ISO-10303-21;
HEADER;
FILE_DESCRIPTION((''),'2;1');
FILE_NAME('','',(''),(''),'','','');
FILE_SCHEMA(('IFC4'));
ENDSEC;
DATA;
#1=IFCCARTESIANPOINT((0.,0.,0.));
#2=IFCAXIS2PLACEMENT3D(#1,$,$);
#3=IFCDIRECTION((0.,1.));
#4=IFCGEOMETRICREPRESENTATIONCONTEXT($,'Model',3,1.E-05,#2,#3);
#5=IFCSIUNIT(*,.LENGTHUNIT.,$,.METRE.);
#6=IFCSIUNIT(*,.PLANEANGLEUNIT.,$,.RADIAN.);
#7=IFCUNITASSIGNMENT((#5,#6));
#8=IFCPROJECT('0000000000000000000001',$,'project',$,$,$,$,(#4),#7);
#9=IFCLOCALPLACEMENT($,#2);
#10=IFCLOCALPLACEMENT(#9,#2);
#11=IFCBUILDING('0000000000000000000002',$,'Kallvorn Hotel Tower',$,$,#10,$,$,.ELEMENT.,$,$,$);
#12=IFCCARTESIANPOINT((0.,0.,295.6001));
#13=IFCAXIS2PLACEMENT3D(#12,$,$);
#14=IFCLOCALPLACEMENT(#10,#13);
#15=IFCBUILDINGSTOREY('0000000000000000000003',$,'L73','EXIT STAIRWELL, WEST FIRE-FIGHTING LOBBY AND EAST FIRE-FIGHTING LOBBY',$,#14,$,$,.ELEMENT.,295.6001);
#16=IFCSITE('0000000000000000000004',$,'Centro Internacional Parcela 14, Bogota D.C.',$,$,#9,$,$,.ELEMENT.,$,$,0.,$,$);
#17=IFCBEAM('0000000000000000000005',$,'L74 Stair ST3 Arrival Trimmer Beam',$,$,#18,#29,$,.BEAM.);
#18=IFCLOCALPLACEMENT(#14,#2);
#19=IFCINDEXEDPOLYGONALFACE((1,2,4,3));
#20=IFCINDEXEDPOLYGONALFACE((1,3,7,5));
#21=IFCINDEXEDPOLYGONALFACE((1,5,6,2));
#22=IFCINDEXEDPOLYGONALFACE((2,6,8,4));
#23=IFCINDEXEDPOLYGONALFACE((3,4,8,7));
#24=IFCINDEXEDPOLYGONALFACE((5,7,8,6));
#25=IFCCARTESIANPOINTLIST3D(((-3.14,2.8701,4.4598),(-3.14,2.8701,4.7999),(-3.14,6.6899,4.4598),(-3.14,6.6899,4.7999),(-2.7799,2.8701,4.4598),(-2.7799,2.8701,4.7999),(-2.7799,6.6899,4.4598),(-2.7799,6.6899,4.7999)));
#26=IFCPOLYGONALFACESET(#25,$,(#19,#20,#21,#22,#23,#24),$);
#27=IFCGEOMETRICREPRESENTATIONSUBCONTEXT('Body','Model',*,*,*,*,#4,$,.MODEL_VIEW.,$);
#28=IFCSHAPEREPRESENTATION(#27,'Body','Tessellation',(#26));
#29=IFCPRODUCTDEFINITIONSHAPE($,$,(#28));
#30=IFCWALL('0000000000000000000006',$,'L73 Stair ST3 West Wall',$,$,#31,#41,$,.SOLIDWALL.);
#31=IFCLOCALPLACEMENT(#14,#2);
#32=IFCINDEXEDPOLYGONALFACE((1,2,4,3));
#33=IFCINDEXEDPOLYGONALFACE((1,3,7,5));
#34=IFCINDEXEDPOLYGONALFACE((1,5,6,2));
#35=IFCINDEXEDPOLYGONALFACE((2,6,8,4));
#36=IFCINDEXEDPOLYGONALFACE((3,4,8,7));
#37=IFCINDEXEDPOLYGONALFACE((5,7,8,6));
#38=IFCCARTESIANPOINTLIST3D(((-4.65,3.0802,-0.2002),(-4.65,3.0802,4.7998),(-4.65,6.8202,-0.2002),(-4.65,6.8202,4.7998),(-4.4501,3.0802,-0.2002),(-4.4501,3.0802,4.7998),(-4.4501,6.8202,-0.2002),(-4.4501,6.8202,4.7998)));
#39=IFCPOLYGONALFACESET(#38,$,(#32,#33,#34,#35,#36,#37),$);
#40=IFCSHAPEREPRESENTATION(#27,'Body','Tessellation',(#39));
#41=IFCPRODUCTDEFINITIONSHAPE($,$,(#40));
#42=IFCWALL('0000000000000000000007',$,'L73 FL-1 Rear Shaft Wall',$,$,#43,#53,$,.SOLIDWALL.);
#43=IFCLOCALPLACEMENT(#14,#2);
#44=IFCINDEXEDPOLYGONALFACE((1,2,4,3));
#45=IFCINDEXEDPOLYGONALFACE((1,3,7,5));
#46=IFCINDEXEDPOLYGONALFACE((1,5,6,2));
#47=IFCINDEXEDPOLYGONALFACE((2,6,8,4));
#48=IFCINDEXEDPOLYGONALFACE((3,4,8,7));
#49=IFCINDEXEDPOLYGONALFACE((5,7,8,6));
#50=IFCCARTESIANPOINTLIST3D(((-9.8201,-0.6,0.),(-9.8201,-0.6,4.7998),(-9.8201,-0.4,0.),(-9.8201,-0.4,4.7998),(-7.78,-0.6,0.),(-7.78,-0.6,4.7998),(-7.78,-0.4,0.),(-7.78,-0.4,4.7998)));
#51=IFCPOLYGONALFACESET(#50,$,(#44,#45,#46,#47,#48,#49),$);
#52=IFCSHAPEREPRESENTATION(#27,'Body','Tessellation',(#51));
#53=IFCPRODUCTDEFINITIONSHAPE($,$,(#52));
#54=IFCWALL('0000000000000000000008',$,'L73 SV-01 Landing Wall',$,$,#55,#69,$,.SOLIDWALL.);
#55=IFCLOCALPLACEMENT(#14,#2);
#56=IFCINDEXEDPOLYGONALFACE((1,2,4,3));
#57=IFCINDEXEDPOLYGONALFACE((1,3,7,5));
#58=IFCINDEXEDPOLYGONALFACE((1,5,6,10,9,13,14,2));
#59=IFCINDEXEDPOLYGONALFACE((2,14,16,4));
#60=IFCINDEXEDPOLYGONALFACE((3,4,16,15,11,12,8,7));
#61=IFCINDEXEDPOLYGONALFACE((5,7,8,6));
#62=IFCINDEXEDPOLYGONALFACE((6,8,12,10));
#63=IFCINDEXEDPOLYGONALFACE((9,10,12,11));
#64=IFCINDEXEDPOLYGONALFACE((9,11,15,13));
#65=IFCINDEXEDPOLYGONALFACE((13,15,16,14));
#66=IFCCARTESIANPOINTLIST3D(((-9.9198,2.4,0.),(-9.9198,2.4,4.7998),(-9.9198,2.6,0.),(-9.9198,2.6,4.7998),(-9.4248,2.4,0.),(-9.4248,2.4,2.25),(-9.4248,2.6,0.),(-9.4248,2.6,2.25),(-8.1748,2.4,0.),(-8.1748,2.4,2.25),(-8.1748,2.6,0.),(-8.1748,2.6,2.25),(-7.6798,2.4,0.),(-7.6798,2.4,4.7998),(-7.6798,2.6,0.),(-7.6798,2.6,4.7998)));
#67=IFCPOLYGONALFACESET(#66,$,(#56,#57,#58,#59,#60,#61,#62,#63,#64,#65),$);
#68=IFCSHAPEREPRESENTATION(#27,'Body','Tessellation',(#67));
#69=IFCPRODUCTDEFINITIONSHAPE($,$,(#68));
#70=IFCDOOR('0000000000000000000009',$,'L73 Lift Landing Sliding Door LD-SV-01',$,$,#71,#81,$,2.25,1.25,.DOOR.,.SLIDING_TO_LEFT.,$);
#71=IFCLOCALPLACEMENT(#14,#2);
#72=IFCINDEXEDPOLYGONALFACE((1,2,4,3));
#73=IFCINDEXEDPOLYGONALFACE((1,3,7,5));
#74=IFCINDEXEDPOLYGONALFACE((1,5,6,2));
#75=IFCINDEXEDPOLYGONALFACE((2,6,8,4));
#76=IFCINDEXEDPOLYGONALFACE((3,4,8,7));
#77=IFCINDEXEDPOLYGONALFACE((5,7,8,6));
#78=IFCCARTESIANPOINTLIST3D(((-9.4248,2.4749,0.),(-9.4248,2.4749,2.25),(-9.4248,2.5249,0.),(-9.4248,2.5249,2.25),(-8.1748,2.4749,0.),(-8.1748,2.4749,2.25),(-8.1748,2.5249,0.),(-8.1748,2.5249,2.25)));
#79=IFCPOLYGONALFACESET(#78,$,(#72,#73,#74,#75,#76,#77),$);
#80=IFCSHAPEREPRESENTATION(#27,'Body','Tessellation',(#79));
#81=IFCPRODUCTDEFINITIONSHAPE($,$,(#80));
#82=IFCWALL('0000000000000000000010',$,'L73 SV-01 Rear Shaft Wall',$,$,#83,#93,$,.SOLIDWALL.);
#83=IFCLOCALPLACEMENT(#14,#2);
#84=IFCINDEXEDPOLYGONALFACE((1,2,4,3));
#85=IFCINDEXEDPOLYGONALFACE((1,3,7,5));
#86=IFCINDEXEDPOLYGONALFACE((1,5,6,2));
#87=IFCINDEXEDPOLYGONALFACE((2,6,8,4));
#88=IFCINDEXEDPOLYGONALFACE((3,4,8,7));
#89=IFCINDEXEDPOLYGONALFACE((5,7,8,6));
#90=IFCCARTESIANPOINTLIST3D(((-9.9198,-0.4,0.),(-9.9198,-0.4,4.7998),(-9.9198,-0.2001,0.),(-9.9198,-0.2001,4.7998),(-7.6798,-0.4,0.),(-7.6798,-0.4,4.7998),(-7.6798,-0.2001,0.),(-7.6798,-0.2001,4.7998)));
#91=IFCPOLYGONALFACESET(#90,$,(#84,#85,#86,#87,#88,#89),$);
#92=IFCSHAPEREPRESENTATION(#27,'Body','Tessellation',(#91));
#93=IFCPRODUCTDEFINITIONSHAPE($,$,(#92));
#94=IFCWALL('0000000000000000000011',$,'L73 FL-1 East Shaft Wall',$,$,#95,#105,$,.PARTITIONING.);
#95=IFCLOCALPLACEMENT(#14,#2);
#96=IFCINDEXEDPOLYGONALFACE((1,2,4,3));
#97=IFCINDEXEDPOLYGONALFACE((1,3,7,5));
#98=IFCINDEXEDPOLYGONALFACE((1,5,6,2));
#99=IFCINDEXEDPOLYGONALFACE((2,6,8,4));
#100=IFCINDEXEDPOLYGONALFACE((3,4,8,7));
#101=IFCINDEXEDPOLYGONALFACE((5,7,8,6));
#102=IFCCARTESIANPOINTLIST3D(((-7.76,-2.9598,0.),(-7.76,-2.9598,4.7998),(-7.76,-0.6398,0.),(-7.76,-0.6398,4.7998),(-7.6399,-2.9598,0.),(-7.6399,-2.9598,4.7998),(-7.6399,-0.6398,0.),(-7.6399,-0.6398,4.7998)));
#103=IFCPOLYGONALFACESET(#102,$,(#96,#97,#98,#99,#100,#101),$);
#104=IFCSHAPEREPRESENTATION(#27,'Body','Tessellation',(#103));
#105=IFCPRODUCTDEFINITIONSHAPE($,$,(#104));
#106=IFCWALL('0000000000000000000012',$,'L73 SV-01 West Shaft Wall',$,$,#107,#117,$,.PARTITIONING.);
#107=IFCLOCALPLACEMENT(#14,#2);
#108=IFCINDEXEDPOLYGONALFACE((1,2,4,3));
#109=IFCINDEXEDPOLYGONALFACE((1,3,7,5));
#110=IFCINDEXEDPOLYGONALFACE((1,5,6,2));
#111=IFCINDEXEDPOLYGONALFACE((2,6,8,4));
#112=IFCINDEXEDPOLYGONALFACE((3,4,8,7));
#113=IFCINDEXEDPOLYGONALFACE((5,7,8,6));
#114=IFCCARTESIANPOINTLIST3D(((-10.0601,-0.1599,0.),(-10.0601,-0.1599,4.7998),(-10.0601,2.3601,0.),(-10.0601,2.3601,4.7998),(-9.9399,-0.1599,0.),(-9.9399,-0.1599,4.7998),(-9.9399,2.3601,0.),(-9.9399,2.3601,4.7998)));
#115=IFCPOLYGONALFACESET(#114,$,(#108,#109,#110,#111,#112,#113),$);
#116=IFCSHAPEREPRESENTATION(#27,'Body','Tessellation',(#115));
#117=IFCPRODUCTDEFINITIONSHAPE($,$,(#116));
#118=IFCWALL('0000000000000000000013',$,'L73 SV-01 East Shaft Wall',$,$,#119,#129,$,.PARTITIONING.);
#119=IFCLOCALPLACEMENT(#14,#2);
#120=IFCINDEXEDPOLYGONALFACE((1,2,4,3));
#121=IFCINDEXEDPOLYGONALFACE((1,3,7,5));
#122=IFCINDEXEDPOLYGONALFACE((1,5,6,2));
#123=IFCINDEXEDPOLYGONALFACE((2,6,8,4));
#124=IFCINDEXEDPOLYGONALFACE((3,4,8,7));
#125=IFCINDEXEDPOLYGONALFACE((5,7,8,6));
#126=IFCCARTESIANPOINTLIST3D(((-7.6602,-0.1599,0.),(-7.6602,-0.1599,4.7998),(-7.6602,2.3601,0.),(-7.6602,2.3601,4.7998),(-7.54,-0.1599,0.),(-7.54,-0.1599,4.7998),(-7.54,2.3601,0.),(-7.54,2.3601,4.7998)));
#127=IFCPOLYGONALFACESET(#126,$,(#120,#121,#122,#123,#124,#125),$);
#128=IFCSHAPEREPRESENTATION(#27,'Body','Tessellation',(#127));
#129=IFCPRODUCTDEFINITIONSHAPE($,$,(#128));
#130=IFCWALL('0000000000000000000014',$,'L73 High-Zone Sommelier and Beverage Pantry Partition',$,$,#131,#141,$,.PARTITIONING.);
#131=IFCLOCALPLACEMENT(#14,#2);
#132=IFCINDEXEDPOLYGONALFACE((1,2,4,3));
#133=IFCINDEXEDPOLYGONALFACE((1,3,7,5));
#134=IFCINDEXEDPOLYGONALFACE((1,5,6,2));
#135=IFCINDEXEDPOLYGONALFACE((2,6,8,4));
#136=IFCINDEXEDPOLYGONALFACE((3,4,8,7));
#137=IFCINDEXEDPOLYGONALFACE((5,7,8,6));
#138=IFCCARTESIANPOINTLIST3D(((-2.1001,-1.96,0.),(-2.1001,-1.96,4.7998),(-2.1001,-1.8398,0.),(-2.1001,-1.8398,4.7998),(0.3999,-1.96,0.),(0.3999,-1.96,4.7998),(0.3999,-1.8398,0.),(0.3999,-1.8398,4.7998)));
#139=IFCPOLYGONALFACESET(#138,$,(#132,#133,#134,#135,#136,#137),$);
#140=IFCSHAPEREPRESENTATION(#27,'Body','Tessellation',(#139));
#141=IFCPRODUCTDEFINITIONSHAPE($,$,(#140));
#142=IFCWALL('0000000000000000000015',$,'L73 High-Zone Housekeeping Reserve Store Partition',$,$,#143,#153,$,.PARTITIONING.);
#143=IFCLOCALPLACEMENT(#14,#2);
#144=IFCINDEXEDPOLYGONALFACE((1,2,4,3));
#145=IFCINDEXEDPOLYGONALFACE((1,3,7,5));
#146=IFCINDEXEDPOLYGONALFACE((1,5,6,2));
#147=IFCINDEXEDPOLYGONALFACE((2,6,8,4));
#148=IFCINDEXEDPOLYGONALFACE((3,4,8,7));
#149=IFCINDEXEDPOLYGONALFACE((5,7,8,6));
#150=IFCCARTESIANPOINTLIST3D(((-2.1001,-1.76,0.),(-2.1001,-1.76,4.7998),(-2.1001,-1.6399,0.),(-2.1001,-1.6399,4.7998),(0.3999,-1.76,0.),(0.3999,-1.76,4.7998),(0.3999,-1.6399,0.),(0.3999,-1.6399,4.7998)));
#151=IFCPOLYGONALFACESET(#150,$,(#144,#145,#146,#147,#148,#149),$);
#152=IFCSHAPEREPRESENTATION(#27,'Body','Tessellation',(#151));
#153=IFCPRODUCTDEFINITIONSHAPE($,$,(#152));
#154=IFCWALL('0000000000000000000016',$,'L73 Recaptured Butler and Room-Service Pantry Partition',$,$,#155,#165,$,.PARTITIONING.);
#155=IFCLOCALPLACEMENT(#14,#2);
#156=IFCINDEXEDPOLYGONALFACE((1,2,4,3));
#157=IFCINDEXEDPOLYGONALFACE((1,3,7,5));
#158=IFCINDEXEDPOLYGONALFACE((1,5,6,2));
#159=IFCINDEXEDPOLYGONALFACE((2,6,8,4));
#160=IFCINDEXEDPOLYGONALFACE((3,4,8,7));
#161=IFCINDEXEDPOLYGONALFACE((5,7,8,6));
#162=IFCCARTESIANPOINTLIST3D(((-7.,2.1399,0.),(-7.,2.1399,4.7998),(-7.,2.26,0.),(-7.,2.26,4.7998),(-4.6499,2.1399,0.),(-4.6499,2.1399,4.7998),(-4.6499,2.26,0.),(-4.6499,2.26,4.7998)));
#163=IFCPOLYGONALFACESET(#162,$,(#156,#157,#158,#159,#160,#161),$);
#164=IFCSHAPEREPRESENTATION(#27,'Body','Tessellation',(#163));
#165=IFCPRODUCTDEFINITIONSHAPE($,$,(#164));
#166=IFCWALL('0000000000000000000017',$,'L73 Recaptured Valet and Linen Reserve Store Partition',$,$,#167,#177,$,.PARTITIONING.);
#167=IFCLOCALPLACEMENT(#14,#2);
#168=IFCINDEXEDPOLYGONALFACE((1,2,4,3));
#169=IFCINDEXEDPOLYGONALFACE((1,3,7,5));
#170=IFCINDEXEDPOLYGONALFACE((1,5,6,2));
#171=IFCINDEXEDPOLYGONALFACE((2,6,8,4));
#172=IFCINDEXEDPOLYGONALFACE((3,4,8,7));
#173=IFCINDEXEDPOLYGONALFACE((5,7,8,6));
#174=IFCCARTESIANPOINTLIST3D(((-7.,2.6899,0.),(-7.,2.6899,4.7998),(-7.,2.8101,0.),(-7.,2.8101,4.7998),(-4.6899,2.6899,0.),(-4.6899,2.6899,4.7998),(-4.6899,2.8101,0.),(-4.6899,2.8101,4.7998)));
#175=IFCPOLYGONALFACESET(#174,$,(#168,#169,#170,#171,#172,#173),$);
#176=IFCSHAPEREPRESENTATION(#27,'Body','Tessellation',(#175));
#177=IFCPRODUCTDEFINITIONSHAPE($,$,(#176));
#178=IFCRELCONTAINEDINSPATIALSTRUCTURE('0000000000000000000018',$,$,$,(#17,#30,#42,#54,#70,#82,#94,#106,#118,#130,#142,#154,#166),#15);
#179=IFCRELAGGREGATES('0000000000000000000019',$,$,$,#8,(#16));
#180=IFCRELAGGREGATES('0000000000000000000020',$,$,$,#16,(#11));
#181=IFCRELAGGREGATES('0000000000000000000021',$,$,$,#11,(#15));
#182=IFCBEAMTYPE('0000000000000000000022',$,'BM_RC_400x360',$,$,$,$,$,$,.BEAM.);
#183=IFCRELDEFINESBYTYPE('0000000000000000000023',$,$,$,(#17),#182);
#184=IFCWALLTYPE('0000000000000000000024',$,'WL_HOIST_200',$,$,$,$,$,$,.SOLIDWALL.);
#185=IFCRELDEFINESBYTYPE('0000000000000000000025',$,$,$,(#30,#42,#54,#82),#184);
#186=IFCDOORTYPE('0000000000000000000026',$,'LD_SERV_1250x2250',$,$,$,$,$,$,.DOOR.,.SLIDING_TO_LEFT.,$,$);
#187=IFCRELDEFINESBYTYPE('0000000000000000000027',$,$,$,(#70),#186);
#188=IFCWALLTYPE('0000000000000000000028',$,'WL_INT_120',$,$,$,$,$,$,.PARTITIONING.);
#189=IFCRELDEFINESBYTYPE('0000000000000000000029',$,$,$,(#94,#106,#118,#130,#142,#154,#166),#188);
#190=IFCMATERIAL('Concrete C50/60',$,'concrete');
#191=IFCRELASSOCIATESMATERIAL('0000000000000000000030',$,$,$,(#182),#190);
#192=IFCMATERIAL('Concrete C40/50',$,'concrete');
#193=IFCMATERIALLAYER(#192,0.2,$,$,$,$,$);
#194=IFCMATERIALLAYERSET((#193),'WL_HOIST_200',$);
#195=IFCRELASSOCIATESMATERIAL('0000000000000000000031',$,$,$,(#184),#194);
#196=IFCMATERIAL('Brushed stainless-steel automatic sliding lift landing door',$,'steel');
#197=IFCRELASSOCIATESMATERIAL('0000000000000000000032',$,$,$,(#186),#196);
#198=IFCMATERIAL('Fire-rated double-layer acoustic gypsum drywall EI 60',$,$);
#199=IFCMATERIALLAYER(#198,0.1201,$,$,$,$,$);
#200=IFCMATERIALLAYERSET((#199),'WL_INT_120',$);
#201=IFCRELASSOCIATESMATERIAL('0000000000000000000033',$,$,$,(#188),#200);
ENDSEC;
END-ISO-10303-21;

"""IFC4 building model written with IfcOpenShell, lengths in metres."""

from ifc_helpers import new_model, si_unit, direction, frame, frame_2d, origin, origin_2d, place, context, subcontext, project, spatial, rectangle, extrude, material, layer, layer_set, material_profile, profile_set, type_object, element, fill, save


model = new_model("IFC4")

# Units and contexts
model_context = context("Model", 3, precision=1e-05, world=origin(), true_north=direction((0.0, 1.0)))
body_context = subcontext(model_context, "Body", "Model", "MODEL_VIEW")
ifc_project = project(units=[si_unit("LENGTHUNIT", "METRE"), si_unit("PLANEANGLEUNIT", "RADIAN")], contexts=[model_context])

# Site, building, storey
site_placement = place(None, origin())
site = spatial("IfcSite", under=ifc_project, at=site_placement, Name="Centro Internacional Parcela 14, Bogota D.C.", CompositionType="ELEMENT", RefElevation=0.0)
building_placement = place(site_placement, origin())
building = spatial("IfcBuilding", under=site, at=building_placement, Name="Kallvorn Hotel Tower", CompositionType="ELEMENT")
storey_placement = place(building_placement, frame((0.0, 0.0, 295.6001)))
storey = spatial("IfcBuildingStorey", under=building, at=storey_placement, Name="L73", Description="EXIT STAIRWELL, WEST FIRE-FIGHTING LOBBY AND EAST FIRE-FIGHTING LOBBY", CompositionType="ELEMENT", Elevation=295.6001)

# Beam
ifc_material_1 = material(Name="Concrete C50/60", Category="concrete")
ifc_material_profile = material_profile(ifc_material_1, rectangle(XDim=0.3601, YDim=0.3401, at=origin_2d()), Name="RC 360x340")
ifc_profile_set = profile_set([ifc_material_profile], Name="Concrete C50/60")
beam_type = type_object("IfcBeamType", Name="BM_RC_400x360", PredefinedType="BEAM", material=ifc_profile_set)
beam_placement = place(storey_placement, frame((-2.96, 2.8701, 4.6299), z_axis=(0.0, 1.0, 0.0), x_axis=(-1.0, 0.0, 0.0)))
element("IfcBeam", 1, at=beam_placement, inside=storey, type_object=beam_type, Name="L74 Stair ST3 Arrival Trimmer Beam", PredefinedType="BEAM", context=body_context, shape_type="SweptSolid", body=[
    extrude(rectangle(XDim=0.3601, YDim=0.3401, at=origin_2d()), origin(), (0.0, 0.0, 1.0), 3.8198),
])

# Walls
ifc_material_2 = material(Name="Concrete C40/50", Category="concrete")
ifc_layer_1 = layer(ifc_material_2, 0.2)
ifc_layer_set_1 = layer_set([ifc_layer_1], Name="WL_HOIST_200")
wall_type_1 = type_object("IfcWallType", Name="WL_HOIST_200", PredefinedType="SOLIDWALL", material=ifc_layer_set_1)
wall_1_placement = place(storey_placement, frame((-4.55, 3.0801, -0.2002), z_axis=(0.0, 0.0, 1.0), x_axis=(0.0, 1.0, 0.0)))
element("IfcWall", 2, at=wall_1_placement, inside=storey, type_object=wall_type_1, Name="L73 Stair ST3 West Wall", PredefinedType="SOLIDWALL", context=body_context, shape_type="SweptSolid", body=[
    extrude(rectangle(XDim=3.74, YDim=0.2, at=frame_2d((1.8701, 0.0))), origin(), (0.0, 0.0, 1.0), 5.0),
])
wall_2_placement = place(storey_placement, frame((-9.8201, -0.5, 0.0), z_axis=(0.0, 0.0, 1.0), x_axis=(1.0, 0.0, 0.0)))
element("IfcWall", 3, at=wall_2_placement, inside=storey, type_object=wall_type_1, Name="L73 FL-1 Rear Shaft Wall", PredefinedType="SOLIDWALL", context=body_context, shape_type="SweptSolid", body=[
    extrude(rectangle(XDim=2.04, YDim=0.2, at=frame_2d((1.02, 0.0))), origin(), (0.0, 0.0, 1.0), 4.7998),
])

# Wall, opening, door
wall_3_placement = place(storey_placement, frame((-9.9199, 2.5, 0.0), z_axis=(0.0, 0.0, 1.0), x_axis=(1.0, 0.0, 0.0)))
wall_3 = element("IfcWall", 4, at=wall_3_placement, inside=storey, type_object=wall_type_1, Name="L73 SV-01 Landing Wall", PredefinedType="SOLIDWALL", context=body_context, shape_type="SweptSolid", body=[
    extrude(rectangle(XDim=2.24, YDim=0.2, at=frame_2d((1.1201, 0.0))), origin(), (0.0, 0.0, 1.0), 4.7998),
])
opening_1_placement = place(wall_3_placement, frame((0.4951, 0.0, 0.0)))
opening_1 = element("IfcOpeningElement", 5, at=opening_1_placement, cuts=wall_3, PredefinedType="OPENING", context=body_context, shape_type="SweptSolid", body=[
    extrude(rectangle(XDim=1.25, YDim=2.25, at=frame_2d((0.625, 1.125))), frame((0.0, 0.115, 0.0), z_axis=(0.0, -1.0, 0.0), x_axis=(1.0, 0.0, 0.0)), (0.0, 0.0, 1.0), 0.23),
])
ifc_material_3 = material(Name="Brushed stainless-steel automatic sliding lift landing door", Category="steel")
door_type_1 = type_object("IfcDoorType", Name="LD_SERV_1250x2250", OperationType="SLIDING_TO_LEFT", PredefinedType="DOOR", material=ifc_material_3)
door_1_placement = place(opening_1_placement, origin())
door_1 = element("IfcDoor", 6, at=door_1_placement, inside=storey, type_object=door_type_1, Name="L73 Lift Landing Sliding Door LD-SV-01", OperationType="SLIDING_TO_LEFT", OverallHeight=2.25, OverallWidth=1.25, PredefinedType="DOOR", context=body_context, shape_type="SweptSolid", body=[
    extrude(rectangle(XDim=1.25, YDim=2.25, at=frame_2d((0.625, 1.125))), frame((0.0, 0.0249, 0.0), z_axis=(0.0, -1.0, 0.0), x_axis=(1.0, 0.0, 0.0)), (0.0, 0.0, 1.0), 0.05),
])
fill(opening_1, door_1)

# Walls
wall_4_placement = place(storey_placement, frame((-9.9199, -0.3, 0.0), z_axis=(0.0, 0.0, 1.0), x_axis=(1.0, 0.0, 0.0)))
element("IfcWall", 7, at=wall_4_placement, inside=storey, type_object=wall_type_1, Name="L73 SV-01 Rear Shaft Wall", PredefinedType="SOLIDWALL", context=body_context, shape_type="SweptSolid", body=[
    extrude(rectangle(XDim=2.24, YDim=0.2, at=frame_2d((1.1201, 0.0))), origin(), (0.0, 0.0, 1.0), 4.7998),
])
ifc_material_4 = material(Name="Fire-rated double-layer acoustic gypsum drywall EI 60")
ifc_layer_2 = layer(ifc_material_4, 0.1201)
ifc_layer_set_2 = layer_set([ifc_layer_2], Name="WL_INT_120")
wall_type_2 = type_object("IfcWallType", Name="WL_INT_120", PredefinedType="PARTITIONING", material=ifc_layer_set_2)
wall_5_placement = place(storey_placement, frame((-7.7, -2.96, 0.0), z_axis=(0.0, 0.0, 1.0), x_axis=(0.0, 1.0, 0.0)))
element("IfcWall", 8, at=wall_5_placement, inside=storey, type_object=wall_type_2, Name="L73 FL-1 East Shaft Wall", PredefinedType="PARTITIONING", context=body_context, shape_type="SweptSolid", body=[
    extrude(rectangle(XDim=2.3201, YDim=0.1201, at=frame_2d((1.1602, 0.0))), origin(), (0.0, 0.0, 1.0), 4.7998),
])
for number, where, z_axis, x_axis, name in (
    (9, (-10.0, -0.1599, 0.0), (0.0, 0.0, 1.0), (0.0, 1.0, 0.0), "L73 SV-01 West Shaft Wall"),
    (10, (-7.6001, -0.1599, 0.0), (0.0, 0.0, 1.0), (0.0, 1.0, 0.0), "L73 SV-01 East Shaft Wall"),
):
    element("IfcWall", number, at=place(storey_placement, frame(where, z_axis=z_axis, x_axis=x_axis)), inside=storey, type_object=wall_type_2, Name=name, PredefinedType="PARTITIONING", context=body_context, shape_type="SweptSolid", body=[
        extrude(rectangle(XDim=2.52, YDim=0.1201, at=frame_2d((1.26, 0.0))), origin(), (0.0, 0.0, 1.0), 4.7998),
    ])
for number, where, z_axis, x_axis, name in (
    (11, (-2.1001, -1.8999, 0.0), (0.0, 0.0, 1.0), (1.0, 0.0, 0.0), "L73 High-Zone Sommelier and Beverage Pantry Partition"),
    (12, (-2.1001, -1.7, 0.0), (0.0, 0.0, 1.0), (1.0, 0.0, 0.0), "L73 High-Zone Housekeeping Reserve Store Partition"),
):
    element("IfcWall", number, at=place(storey_placement, frame(where, z_axis=z_axis, x_axis=x_axis)), inside=storey, type_object=wall_type_2, Name=name, PredefinedType="PARTITIONING", context=body_context, shape_type="SweptSolid", body=[
        extrude(rectangle(XDim=2.5, YDim=0.1201, at=frame_2d((1.25, 0.0))), origin(), (0.0, 0.0, 1.0), 4.7998),
    ])
wall_6_placement = place(storey_placement, frame((-7.0, 2.2, 0.0), z_axis=(0.0, 0.0, 1.0), x_axis=(1.0, 0.0, 0.0)))
element("IfcWall", 13, at=wall_6_placement, inside=storey, type_object=wall_type_2, Name="L73 Recaptured Butler and Room-Service Pantry Partition", PredefinedType="PARTITIONING", context=body_context, shape_type="SweptSolid", body=[
    extrude(rectangle(XDim=2.3501, YDim=0.1201, at=frame_2d((1.175, 0.0))), origin(), (0.0, 0.0, 1.0), 4.7998),
])
wall_7_placement = place(storey_placement, frame((-7.0, 2.75, 0.0), z_axis=(0.0, 0.0, 1.0), x_axis=(1.0, 0.0, 0.0)))
element("IfcWall", 14, at=wall_7_placement, inside=storey, type_object=wall_type_2, Name="L73 Recaptured Valet and Linen Reserve Store Partition", PredefinedType="PARTITIONING", context=body_context, shape_type="SweptSolid", body=[
    extrude(rectangle(XDim=2.3101, YDim=0.1201, at=frame_2d((1.155, 0.0))), origin(), (0.0, 0.0, 1.0), 4.7998),
])

save(model, "model.ifc")
